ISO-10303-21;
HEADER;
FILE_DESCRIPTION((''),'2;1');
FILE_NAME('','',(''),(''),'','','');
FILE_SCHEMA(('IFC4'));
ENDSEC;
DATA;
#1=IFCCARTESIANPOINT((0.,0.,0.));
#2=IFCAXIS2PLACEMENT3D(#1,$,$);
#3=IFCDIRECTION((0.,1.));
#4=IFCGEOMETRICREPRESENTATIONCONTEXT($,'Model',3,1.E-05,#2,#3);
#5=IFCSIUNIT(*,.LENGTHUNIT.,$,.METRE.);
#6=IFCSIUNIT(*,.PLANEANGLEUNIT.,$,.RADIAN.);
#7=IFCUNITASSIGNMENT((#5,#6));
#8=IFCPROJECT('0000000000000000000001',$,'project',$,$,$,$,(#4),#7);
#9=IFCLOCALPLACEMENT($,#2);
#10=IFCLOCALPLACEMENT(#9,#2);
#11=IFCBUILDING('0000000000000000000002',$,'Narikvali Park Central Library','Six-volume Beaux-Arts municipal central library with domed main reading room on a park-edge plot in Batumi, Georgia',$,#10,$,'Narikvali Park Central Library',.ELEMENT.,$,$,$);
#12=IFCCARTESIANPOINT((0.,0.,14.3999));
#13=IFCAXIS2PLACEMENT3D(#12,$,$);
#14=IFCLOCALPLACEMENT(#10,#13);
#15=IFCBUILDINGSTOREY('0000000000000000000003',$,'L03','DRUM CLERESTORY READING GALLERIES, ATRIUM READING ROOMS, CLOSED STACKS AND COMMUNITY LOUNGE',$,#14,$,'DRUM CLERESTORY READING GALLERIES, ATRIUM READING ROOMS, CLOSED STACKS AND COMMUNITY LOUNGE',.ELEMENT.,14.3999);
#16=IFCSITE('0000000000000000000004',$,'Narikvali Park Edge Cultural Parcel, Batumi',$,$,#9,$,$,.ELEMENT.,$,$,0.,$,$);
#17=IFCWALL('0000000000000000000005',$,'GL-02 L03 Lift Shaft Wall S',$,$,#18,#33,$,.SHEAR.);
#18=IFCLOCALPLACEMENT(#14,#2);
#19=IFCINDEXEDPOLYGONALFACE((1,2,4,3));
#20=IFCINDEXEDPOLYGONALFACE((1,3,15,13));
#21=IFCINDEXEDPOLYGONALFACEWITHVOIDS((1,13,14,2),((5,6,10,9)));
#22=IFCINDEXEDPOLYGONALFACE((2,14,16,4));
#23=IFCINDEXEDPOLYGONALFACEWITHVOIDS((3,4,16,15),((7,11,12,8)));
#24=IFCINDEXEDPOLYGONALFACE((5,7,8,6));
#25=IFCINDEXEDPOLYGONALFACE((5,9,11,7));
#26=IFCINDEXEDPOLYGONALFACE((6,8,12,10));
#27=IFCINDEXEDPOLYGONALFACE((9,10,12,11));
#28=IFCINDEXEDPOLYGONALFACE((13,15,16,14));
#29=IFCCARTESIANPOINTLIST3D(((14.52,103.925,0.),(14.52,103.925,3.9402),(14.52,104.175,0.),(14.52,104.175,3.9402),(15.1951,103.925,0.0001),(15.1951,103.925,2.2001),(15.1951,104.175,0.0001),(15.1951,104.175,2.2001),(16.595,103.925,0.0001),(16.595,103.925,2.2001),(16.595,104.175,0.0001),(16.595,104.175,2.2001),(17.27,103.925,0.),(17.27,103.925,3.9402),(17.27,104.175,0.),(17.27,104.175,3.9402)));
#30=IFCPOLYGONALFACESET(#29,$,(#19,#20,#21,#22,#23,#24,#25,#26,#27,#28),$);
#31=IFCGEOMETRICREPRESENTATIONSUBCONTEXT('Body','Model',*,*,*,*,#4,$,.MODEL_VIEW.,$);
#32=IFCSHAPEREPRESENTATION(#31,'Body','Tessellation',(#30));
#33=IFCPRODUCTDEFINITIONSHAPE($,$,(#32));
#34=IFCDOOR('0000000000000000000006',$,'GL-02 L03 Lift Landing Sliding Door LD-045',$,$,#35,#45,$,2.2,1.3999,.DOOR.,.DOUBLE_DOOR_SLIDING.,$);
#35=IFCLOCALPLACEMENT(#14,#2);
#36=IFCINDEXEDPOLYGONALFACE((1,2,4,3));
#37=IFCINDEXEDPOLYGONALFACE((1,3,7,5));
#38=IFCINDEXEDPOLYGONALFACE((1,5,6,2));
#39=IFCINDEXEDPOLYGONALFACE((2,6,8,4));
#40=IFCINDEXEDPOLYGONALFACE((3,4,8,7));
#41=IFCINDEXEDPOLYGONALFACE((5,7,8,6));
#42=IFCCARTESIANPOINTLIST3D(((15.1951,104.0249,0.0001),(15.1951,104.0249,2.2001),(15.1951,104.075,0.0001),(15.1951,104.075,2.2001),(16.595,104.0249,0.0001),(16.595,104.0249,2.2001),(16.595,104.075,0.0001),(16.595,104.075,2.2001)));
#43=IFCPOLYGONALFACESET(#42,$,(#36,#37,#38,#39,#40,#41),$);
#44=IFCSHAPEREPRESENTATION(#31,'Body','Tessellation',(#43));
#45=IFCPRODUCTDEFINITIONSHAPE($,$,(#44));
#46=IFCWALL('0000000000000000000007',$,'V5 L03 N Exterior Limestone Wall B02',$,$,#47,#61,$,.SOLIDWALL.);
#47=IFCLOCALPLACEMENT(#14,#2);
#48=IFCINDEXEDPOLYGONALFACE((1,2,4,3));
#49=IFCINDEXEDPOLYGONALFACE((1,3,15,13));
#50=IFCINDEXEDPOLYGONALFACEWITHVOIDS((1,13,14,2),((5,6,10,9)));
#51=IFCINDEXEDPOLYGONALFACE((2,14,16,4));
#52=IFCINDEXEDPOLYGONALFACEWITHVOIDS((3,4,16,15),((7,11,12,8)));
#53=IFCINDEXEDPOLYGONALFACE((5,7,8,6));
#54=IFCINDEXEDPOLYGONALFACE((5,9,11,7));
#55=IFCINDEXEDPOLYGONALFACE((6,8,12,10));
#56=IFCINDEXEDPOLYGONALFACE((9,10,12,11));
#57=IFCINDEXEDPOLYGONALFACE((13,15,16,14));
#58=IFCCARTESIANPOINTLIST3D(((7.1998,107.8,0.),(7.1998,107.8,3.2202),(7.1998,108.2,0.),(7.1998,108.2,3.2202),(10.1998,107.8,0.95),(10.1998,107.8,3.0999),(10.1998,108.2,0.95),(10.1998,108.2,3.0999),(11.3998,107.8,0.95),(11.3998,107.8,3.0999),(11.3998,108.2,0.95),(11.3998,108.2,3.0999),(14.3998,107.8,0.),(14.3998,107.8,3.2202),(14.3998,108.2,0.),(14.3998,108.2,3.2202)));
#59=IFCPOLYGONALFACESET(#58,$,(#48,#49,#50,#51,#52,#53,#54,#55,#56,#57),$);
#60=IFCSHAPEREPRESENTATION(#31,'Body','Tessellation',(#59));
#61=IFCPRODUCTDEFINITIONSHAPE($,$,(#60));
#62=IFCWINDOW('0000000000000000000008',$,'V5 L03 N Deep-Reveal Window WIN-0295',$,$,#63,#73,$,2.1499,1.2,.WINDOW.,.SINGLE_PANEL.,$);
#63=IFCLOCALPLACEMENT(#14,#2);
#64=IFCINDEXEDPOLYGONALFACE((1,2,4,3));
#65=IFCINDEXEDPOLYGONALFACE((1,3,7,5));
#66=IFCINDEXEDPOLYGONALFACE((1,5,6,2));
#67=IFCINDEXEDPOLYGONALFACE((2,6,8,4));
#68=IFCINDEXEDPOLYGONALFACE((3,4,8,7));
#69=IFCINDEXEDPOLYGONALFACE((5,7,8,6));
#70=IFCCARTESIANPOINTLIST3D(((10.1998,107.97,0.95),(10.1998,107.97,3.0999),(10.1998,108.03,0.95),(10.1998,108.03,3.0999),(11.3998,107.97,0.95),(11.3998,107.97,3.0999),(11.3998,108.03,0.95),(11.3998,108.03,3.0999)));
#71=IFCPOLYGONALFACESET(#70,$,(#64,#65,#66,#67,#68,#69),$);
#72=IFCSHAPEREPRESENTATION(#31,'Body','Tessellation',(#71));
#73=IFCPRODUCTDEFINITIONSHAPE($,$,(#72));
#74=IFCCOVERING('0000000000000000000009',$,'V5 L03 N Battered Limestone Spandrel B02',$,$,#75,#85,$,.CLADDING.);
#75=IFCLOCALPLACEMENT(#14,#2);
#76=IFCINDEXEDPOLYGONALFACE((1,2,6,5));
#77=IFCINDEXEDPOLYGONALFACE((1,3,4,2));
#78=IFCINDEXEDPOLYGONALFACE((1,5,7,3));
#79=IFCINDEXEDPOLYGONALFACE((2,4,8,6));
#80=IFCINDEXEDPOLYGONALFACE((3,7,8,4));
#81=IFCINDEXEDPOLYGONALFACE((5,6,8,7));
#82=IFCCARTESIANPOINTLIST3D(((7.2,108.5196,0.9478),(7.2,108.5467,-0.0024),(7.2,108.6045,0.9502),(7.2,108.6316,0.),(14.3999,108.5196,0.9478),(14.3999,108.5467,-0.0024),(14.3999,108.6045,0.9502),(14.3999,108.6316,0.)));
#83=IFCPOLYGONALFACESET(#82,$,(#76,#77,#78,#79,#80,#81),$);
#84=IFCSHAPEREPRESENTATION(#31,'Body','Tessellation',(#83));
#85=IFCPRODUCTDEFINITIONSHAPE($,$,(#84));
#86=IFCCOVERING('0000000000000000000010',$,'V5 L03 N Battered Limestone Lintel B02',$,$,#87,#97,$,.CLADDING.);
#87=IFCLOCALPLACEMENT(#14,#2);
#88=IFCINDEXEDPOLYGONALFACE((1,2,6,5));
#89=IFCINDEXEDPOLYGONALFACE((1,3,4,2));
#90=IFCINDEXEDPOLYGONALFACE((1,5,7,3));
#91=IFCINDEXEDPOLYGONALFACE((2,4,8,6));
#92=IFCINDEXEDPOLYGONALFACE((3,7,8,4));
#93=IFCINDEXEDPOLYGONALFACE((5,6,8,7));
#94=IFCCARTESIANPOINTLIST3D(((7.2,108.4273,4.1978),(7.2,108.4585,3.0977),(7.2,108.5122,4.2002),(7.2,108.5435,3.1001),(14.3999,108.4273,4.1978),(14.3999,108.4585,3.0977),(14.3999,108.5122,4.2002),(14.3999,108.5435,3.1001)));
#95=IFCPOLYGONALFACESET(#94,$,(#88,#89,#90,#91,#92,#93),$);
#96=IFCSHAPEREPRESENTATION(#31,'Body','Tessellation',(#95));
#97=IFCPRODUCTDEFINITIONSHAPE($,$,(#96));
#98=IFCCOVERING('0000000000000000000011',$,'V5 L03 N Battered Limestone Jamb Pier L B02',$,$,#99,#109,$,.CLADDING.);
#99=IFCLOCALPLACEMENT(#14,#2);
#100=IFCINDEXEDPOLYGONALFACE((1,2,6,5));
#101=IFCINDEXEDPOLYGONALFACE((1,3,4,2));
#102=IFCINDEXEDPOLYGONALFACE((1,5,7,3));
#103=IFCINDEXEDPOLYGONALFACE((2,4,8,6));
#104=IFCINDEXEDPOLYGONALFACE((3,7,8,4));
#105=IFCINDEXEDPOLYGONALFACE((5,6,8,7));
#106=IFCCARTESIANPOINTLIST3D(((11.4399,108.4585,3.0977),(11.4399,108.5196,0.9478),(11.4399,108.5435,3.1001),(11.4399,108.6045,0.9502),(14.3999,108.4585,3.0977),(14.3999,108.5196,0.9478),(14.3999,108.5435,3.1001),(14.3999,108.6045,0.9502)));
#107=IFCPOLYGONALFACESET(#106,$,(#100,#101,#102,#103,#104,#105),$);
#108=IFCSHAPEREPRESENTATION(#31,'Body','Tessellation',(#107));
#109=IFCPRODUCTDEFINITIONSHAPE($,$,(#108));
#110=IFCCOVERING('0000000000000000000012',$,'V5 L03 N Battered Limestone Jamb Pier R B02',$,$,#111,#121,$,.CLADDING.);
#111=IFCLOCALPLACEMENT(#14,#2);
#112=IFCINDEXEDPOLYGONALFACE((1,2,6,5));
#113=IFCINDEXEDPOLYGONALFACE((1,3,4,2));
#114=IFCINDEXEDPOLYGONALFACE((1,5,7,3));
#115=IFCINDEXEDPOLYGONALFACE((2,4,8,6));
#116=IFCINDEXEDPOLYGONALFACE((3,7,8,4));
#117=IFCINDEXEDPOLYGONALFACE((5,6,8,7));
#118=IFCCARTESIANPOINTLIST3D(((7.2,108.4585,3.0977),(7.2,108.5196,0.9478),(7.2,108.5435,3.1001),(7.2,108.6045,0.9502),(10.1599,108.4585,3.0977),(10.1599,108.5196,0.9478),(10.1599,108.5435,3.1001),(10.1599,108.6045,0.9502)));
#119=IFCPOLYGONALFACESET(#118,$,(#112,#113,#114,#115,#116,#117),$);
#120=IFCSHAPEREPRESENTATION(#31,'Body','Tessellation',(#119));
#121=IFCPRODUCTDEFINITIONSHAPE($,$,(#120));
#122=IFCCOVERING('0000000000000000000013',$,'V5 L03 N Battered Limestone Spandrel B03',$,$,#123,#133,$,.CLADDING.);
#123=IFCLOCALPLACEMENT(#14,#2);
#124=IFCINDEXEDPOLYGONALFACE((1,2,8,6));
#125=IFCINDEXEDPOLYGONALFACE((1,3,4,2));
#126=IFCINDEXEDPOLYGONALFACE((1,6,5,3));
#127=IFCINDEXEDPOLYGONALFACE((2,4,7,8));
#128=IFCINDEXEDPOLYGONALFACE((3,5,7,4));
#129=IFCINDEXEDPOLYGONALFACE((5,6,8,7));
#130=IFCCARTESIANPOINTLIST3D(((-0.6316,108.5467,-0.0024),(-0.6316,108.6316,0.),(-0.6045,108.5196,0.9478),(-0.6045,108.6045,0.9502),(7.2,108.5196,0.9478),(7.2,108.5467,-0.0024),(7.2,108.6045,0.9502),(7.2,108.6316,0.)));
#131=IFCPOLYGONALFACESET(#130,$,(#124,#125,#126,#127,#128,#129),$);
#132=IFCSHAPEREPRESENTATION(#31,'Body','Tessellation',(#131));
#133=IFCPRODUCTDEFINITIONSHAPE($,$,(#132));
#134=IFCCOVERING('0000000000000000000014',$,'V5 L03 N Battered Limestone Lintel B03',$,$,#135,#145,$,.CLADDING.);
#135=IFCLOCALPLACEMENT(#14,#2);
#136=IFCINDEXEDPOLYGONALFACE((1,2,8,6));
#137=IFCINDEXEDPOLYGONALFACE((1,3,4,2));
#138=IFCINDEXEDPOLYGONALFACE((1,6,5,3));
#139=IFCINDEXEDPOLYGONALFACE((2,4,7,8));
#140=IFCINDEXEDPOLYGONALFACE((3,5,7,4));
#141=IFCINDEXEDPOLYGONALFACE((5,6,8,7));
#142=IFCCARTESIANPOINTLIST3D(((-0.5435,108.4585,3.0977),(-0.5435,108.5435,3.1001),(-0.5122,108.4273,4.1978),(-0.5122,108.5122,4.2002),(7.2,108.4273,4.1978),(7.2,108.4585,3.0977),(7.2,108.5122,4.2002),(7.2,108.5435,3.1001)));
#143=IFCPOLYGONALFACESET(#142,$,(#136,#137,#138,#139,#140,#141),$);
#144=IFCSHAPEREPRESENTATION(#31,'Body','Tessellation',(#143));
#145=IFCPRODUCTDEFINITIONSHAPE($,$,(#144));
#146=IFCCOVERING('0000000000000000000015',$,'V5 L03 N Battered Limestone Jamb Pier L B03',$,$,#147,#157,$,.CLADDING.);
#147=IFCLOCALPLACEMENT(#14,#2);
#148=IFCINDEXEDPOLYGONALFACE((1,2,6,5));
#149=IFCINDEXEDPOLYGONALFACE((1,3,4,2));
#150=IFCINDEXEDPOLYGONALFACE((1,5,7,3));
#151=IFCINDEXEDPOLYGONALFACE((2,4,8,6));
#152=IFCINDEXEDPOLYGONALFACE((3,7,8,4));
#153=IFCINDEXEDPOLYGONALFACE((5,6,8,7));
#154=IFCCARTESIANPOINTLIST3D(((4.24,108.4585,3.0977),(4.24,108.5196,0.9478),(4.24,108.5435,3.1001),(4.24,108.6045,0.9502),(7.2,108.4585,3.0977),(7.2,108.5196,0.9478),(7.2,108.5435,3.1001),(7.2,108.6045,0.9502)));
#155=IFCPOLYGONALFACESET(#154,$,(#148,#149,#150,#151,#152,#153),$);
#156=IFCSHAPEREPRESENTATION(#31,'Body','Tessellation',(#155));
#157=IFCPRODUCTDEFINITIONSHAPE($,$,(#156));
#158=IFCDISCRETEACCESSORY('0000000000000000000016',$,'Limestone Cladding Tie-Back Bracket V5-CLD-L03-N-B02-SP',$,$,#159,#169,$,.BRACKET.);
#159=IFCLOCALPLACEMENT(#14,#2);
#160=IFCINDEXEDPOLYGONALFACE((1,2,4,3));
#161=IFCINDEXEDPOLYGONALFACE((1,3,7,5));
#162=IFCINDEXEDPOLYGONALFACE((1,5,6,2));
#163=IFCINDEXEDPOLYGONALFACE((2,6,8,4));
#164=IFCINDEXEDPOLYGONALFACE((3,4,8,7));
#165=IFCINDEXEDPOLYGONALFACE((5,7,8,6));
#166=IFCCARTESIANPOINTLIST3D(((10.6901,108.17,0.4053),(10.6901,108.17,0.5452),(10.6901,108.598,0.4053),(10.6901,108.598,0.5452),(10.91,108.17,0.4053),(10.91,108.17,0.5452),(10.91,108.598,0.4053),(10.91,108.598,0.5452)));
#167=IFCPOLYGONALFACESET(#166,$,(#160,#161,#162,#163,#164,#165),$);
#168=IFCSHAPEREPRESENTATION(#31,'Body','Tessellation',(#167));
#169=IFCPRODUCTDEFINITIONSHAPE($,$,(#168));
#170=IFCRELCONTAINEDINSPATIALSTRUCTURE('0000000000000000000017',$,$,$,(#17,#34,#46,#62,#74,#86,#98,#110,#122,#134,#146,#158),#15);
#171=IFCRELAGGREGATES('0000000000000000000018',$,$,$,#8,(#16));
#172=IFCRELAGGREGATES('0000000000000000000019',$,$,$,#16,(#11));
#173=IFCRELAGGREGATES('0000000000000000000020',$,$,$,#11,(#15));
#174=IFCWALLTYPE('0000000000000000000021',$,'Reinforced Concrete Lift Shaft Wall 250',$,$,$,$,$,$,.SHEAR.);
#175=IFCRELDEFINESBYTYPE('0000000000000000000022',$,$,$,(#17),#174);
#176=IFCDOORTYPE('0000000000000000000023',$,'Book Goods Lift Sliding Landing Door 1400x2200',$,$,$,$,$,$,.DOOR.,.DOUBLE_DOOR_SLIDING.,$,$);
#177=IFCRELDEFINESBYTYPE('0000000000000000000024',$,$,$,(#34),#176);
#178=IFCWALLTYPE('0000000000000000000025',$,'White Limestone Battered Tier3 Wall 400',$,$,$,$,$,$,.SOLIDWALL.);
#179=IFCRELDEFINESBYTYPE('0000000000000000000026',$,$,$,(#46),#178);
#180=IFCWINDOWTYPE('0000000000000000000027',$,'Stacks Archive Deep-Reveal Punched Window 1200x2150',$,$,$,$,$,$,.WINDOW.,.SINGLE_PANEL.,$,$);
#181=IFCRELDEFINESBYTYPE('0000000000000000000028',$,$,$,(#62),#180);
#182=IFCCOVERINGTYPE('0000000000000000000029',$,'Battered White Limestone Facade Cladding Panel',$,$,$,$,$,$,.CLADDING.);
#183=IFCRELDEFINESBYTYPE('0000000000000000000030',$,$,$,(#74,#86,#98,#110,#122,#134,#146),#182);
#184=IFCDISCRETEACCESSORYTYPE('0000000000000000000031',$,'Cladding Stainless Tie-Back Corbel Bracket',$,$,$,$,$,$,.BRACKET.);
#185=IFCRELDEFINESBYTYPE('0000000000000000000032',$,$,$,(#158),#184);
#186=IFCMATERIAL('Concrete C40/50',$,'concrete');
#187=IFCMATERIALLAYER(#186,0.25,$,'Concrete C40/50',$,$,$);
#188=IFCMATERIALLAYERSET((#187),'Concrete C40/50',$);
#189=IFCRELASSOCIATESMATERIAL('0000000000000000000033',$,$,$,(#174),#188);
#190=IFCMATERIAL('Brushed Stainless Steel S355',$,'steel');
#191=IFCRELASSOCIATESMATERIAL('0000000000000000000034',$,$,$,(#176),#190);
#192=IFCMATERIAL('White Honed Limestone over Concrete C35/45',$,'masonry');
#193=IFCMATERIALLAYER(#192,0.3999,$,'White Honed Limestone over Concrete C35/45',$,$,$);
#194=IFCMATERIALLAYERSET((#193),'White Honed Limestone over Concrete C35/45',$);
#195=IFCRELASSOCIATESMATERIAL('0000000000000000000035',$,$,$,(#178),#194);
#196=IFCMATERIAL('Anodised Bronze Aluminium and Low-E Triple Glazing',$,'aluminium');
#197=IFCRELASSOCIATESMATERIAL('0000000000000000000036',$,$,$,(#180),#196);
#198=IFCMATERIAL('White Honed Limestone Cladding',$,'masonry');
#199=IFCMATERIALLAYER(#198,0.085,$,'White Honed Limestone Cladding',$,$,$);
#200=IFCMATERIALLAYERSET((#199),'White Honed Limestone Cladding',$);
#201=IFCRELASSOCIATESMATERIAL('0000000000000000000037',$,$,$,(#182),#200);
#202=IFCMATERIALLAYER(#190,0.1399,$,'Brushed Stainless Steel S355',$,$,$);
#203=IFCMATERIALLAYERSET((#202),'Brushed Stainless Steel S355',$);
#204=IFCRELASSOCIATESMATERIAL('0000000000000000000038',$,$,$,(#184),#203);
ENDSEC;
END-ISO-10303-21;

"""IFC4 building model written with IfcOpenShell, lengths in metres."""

from ifc_helpers import new_model, si_unit, direction, frame, frame_2d, origin, origin_2d, place, context, subcontext, project, spatial, polyline, rectangle, outline, extrude, material, layer, layer_set, type_object, element, fill, save


model = new_model("IFC4")

# Units and contexts
model_context = context("Model", 3, precision=1e-05, world=origin(), true_north=direction((0.0, 1.0)))
body_context = subcontext(model_context, "Body", "Model", "MODEL_VIEW")
ifc_project = project(units=[si_unit("LENGTHUNIT", "METRE"), si_unit("PLANEANGLEUNIT", "RADIAN")], contexts=[model_context])

# Site, building, storey
site_placement = place(None, origin())
site = spatial("IfcSite", under=ifc_project, at=site_placement, Name="Narikvali Park Edge Cultural Parcel, Batumi", CompositionType="ELEMENT", RefElevation=0.0)
building_placement = place(site_placement, origin())
building = spatial("IfcBuilding", under=site, at=building_placement, Name="Narikvali Park Central Library", Description="Six-volume Beaux-Arts municipal central library with domed main reading room on a park-edge plot in Batumi, Georgia", LongName="Narikvali Park Central Library", CompositionType="ELEMENT")
storey_placement = place(building_placement, frame((0.0, 0.0, 14.3999)))
storey = spatial("IfcBuildingStorey", under=building, at=storey_placement, Name="L03", Description="DRUM CLERESTORY READING GALLERIES, ATRIUM READING ROOMS, CLOSED STACKS AND COMMUNITY LOUNGE", LongName="DRUM CLERESTORY READING GALLERIES, ATRIUM READING ROOMS, CLOSED STACKS AND COMMUNITY LOUNGE", CompositionType="ELEMENT", Elevation=14.3999)

# Wall, opening, door
ifc_material_1 = material(Name="Concrete C40/50", Category="concrete")
ifc_layer_1 = layer(ifc_material_1, 0.25, Name="Concrete C40/50")
ifc_layer_set_1 = layer_set([ifc_layer_1], Name="Concrete C40/50")
wall_type_1 = type_object("IfcWallType", Name="Reinforced Concrete Lift Shaft Wall 250", PredefinedType="SHEAR", material=ifc_layer_set_1)
wall_1_placement = place(storey_placement, frame((14.52, 104.05, 0.0), z_axis=(0.0, 0.0, 1.0), x_axis=(1.0, 0.0, 0.0)))
wall_1 = element("IfcWall", 1, at=wall_1_placement, inside=storey, type_object=wall_type_1, Name="GL-02 L03 Lift Shaft Wall S", PredefinedType="SHEAR", context=body_context, shape_type="SweptSolid", body=[
    extrude(rectangle(XDim=2.75, YDim=0.25, at=frame_2d((1.375, 0.0))), origin(), (0.0, 0.0, 1.0), 3.9402),
])
opening_1_placement = place(wall_1_placement, frame((0.675, 0.0, 0.0)))
opening_1 = element("IfcOpeningElement", 2, at=opening_1_placement, cuts=wall_1, PredefinedType="OPENING", context=body_context, shape_type="SweptSolid", body=[
    extrude(rectangle(XDim=1.3999, YDim=2.2, at=frame_2d((0.7, 1.1001))), frame((0.0, 0.137, 0.0), z_axis=(0.0, -1.0, 0.0), x_axis=(1.0, 0.0, 0.0)), (0.0, 0.0, 1.0), 0.2739),
])
ifc_material_2 = material(Name="Brushed Stainless Steel S355", Category="steel")
door_type = type_object("IfcDoorType", Name="Book Goods Lift Sliding Landing Door 1400x2200", OperationType="DOUBLE_DOOR_SLIDING", PredefinedType="DOOR", material=ifc_material_2)
door_placement = place(opening_1_placement, origin())
door = element("IfcDoor", 3, at=door_placement, inside=storey, type_object=door_type, Name="GL-02 L03 Lift Landing Sliding Door LD-045", OperationType="DOUBLE_DOOR_SLIDING", OverallHeight=2.2, OverallWidth=1.3999, PredefinedType="DOOR", context=body_context, shape_type="SweptSolid", body=[
    extrude(rectangle(XDim=1.3999, YDim=2.2, at=frame_2d((0.7, 1.1001))), frame((0.0, 0.0249, 0.0), z_axis=(0.0, -1.0, 0.0), x_axis=(1.0, 0.0, 0.0)), (0.0, 0.0, 1.0), 0.05),
])
fill(opening_1, door)

# Wall, opening, window
ifc_material_3 = material(Name="White Honed Limestone over Concrete C35/45", Category="masonry")
ifc_layer_2 = layer(ifc_material_3, 0.3999, Name="White Honed Limestone over Concrete C35/45")
ifc_layer_set_2 = layer_set([ifc_layer_2], Name="White Honed Limestone over Concrete C35/45")
wall_type_2 = type_object("IfcWallType", Name="White Limestone Battered Tier3 Wall 400", PredefinedType="SOLIDWALL", material=ifc_layer_set_2)
wall_2_placement = place(storey_placement, frame((14.3999, 108.0, 0.0), z_axis=(0.0, 0.0, 1.0), x_axis=(-1.0, 0.0, 0.0)))
wall_2 = element("IfcWall", 4, at=wall_2_placement, inside=storey, type_object=wall_type_2, Name="V5 L03 N Exterior Limestone Wall B02", PredefinedType="SOLIDWALL", context=body_context, shape_type="SweptSolid", body=[
    extrude(rectangle(XDim=7.2, YDim=0.3999, at=frame_2d((3.6001, 0.0))), origin(), (0.0, 0.0, 1.0), 3.2202),
])
opening_2_placement = place(wall_2_placement, frame((3.0, 0.0, 0.95)))
opening_2 = element("IfcOpeningElement", 5, at=opening_2_placement, cuts=wall_2, PredefinedType="OPENING", context=body_context, shape_type="SweptSolid", body=[
    extrude(rectangle(XDim=1.2, YDim=2.1499, at=frame_2d((0.6001, 1.075))), frame((0.0, 0.2119, 0.0), z_axis=(0.0, -1.0, 0.0), x_axis=(1.0, 0.0, 0.0)), (0.0, 0.0, 1.0), 0.4238),
])
ifc_material_4 = material(Name="Anodised Bronze Aluminium and Low-E Triple Glazing", Category="aluminium")
window_type = type_object("IfcWindowType", Name="Stacks Archive Deep-Reveal Punched Window 1200x2150", PartitioningType="SINGLE_PANEL", PredefinedType="WINDOW", material=ifc_material_4)
window_placement = place(opening_2_placement, origin())
window = element("IfcWindow", 6, at=window_placement, inside=storey, type_object=window_type, Name="V5 L03 N Deep-Reveal Window WIN-0295", OverallHeight=2.1499, OverallWidth=1.2, PartitioningType="SINGLE_PANEL", PredefinedType="WINDOW", context=body_context, shape_type="SweptSolid", body=[
    extrude(rectangle(XDim=1.2, YDim=2.1499, at=frame_2d((0.6001, 1.075))), frame((0.0, 0.03, 0.0), z_axis=(0.0, -1.0, 0.0), x_axis=(1.0, 0.0, 0.0)), (0.0, 0.0, 1.0), 0.0601),
])
fill(opening_2, window)

# Coverings
ifc_material_5 = material(Name="White Honed Limestone Cladding", Category="masonry")
ifc_layer_3 = layer(ifc_material_5, 0.085, Name="White Honed Limestone Cladding")
ifc_layer_set_3 = layer_set([ifc_layer_3], Name="White Honed Limestone Cladding")
covering_type = type_object("IfcCoveringType", Name="Battered White Limestone Facade Cladding Panel", PredefinedType="CLADDING", material=ifc_layer_set_3)
covering_1_placement = place(storey_placement, frame((14.3999, 108.6316, 0.0), z_axis=(0.0, 0.999594, 0.028508), x_axis=(-1.0, 0.0, 0.0)))
element("IfcCovering", 7, at=covering_1_placement, inside=storey, type_object=covering_type, Name="V5 L03 N Battered Limestone Spandrel B02", PredefinedType="CLADDING", context=body_context, shape_type="SweptSolid", body=[
    extrude(outline(polyline([(0.0, 0.0), (7.2, 0.0), (7.2, 0.9506), (0.0, 0.9506), (0.0, 0.0)])), origin(), (0.0, 0.0, -1.0), 0.085),
])
covering_2_placement = place(storey_placement, frame((14.3999, 108.5435, 3.1001), z_axis=(0.0, 0.999597, 0.028395), x_axis=(-1.0, 0.0, 0.0)))
element("IfcCovering", 8, at=covering_2_placement, inside=storey, type_object=covering_type, Name="V5 L03 N Battered Limestone Lintel B02", PredefinedType="CLADDING", context=body_context, shape_type="SweptSolid", body=[
    extrude(outline(polyline([(0.0, 0.0), (7.2, 0.0), (7.2, 1.1005), (0.0, 1.1005), (0.0, 0.0)])), origin(), (0.0, 0.0, -1.0), 0.085),
])
for number, where, z_axis, x_axis, name in (
    (9, (14.3999, 108.6045, 0.9502), (0.0, 0.999597, 0.028378), (-1.0, 0.0, 0.0), "V5 L03 N Battered Limestone Jamb Pier L B02"),
    (10, (10.1599, 108.6045, 0.9502), (0.0, 0.999597, 0.028378), (-1.0, 0.0, 0.0), "V5 L03 N Battered Limestone Jamb Pier R B02"),
):
    element("IfcCovering", number, at=place(storey_placement, frame(where, z_axis=z_axis, x_axis=x_axis)), inside=storey, type_object=covering_type, Name=name, PredefinedType="CLADDING", context=body_context, shape_type="SweptSolid", body=[
        extrude(outline(polyline([(0.0, 0.0), (2.96, 0.0), (2.96, 2.1508), (0.0, 2.1508), (0.0, 0.0)])), origin(), (0.0, 0.0, -1.0), 0.085),
    ])
covering_3_placement = place(storey_placement, frame((7.2, 108.6316, 0.0), z_axis=(0.0, 0.999594, 0.028508), x_axis=(-1.0, 0.0, 0.0)))
element("IfcCovering", 11, at=covering_3_placement, inside=storey, type_object=covering_type, Name="V5 L03 N Battered Limestone Spandrel B03", PredefinedType="CLADDING", context=body_context, shape_type="SweptSolid", body=[
    extrude(outline(polyline([(0.0, 0.0), (7.8315, 0.0), (7.8044, 0.9506), (0.0, 0.9506), (0.0, 0.0)])), origin(), (0.0, 0.0, -1.0), 0.085),
])
covering_4_placement = place(storey_placement, frame((7.2, 108.5435, 3.1001), z_axis=(0.0, 0.999597, 0.028395), x_axis=(-1.0, 0.0, 0.0)))
element("IfcCovering", 12, at=covering_4_placement, inside=storey, type_object=covering_type, Name="V5 L03 N Battered Limestone Lintel B03", PredefinedType="CLADDING", context=body_context, shape_type="SweptSolid", body=[
    extrude(outline(polyline([(0.0, 0.0), (7.7434, 0.0), (7.7122, 1.1005), (0.0, 1.1005), (0.0, 0.0)])), origin(), (0.0, 0.0, -1.0), 0.085),
])
covering_5_placement = place(storey_placement, frame((7.2, 108.6045, 0.9502), z_axis=(0.0, 0.999597, 0.028378), x_axis=(-1.0, 0.0, 0.0)))
element("IfcCovering", 13, at=covering_5_placement, inside=storey, type_object=covering_type, Name="V5 L03 N Battered Limestone Jamb Pier L B03", PredefinedType="CLADDING", context=body_context, shape_type="SweptSolid", body=[
    extrude(outline(polyline([(0.0, 0.0), (2.96, 0.0), (2.96, 2.1508), (0.0, 2.1508), (0.0, 0.0)])), origin(), (0.0, 0.0, -1.0), 0.085),
])

# Discrete accessory
ifc_layer_4 = layer(ifc_material_2, 0.1399, Name="Brushed Stainless Steel S355")
ifc_layer_set_4 = layer_set([ifc_layer_4], Name="Brushed Stainless Steel S355")
discrete_accessory_type = type_object("IfcDiscreteAccessoryType", Name="Cladding Stainless Tie-Back Corbel Bracket", PredefinedType="BRACKET", material=ifc_layer_set_4)
discrete_accessory_1_placement = place(storey_placement, frame((10.8, 108.384, 0.4053), z_axis=(0.0, 0.0, 1.0), x_axis=(1.0, 0.0, 0.0)))
element("IfcDiscreteAccessory", 14, at=discrete_accessory_1_placement, inside=storey, type_object=discrete_accessory_type, Name="Limestone Cladding Tie-Back Bracket V5-CLD-L03-N-B02-SP", PredefinedType="BRACKET", context=body_context, shape_type="SweptSolid", body=[
    extrude(rectangle(XDim=0.22, YDim=0.428, at=origin_2d()), origin(), (0.0, 0.0, 1.0), 0.1399),
])

save(model, "model.ifc")
